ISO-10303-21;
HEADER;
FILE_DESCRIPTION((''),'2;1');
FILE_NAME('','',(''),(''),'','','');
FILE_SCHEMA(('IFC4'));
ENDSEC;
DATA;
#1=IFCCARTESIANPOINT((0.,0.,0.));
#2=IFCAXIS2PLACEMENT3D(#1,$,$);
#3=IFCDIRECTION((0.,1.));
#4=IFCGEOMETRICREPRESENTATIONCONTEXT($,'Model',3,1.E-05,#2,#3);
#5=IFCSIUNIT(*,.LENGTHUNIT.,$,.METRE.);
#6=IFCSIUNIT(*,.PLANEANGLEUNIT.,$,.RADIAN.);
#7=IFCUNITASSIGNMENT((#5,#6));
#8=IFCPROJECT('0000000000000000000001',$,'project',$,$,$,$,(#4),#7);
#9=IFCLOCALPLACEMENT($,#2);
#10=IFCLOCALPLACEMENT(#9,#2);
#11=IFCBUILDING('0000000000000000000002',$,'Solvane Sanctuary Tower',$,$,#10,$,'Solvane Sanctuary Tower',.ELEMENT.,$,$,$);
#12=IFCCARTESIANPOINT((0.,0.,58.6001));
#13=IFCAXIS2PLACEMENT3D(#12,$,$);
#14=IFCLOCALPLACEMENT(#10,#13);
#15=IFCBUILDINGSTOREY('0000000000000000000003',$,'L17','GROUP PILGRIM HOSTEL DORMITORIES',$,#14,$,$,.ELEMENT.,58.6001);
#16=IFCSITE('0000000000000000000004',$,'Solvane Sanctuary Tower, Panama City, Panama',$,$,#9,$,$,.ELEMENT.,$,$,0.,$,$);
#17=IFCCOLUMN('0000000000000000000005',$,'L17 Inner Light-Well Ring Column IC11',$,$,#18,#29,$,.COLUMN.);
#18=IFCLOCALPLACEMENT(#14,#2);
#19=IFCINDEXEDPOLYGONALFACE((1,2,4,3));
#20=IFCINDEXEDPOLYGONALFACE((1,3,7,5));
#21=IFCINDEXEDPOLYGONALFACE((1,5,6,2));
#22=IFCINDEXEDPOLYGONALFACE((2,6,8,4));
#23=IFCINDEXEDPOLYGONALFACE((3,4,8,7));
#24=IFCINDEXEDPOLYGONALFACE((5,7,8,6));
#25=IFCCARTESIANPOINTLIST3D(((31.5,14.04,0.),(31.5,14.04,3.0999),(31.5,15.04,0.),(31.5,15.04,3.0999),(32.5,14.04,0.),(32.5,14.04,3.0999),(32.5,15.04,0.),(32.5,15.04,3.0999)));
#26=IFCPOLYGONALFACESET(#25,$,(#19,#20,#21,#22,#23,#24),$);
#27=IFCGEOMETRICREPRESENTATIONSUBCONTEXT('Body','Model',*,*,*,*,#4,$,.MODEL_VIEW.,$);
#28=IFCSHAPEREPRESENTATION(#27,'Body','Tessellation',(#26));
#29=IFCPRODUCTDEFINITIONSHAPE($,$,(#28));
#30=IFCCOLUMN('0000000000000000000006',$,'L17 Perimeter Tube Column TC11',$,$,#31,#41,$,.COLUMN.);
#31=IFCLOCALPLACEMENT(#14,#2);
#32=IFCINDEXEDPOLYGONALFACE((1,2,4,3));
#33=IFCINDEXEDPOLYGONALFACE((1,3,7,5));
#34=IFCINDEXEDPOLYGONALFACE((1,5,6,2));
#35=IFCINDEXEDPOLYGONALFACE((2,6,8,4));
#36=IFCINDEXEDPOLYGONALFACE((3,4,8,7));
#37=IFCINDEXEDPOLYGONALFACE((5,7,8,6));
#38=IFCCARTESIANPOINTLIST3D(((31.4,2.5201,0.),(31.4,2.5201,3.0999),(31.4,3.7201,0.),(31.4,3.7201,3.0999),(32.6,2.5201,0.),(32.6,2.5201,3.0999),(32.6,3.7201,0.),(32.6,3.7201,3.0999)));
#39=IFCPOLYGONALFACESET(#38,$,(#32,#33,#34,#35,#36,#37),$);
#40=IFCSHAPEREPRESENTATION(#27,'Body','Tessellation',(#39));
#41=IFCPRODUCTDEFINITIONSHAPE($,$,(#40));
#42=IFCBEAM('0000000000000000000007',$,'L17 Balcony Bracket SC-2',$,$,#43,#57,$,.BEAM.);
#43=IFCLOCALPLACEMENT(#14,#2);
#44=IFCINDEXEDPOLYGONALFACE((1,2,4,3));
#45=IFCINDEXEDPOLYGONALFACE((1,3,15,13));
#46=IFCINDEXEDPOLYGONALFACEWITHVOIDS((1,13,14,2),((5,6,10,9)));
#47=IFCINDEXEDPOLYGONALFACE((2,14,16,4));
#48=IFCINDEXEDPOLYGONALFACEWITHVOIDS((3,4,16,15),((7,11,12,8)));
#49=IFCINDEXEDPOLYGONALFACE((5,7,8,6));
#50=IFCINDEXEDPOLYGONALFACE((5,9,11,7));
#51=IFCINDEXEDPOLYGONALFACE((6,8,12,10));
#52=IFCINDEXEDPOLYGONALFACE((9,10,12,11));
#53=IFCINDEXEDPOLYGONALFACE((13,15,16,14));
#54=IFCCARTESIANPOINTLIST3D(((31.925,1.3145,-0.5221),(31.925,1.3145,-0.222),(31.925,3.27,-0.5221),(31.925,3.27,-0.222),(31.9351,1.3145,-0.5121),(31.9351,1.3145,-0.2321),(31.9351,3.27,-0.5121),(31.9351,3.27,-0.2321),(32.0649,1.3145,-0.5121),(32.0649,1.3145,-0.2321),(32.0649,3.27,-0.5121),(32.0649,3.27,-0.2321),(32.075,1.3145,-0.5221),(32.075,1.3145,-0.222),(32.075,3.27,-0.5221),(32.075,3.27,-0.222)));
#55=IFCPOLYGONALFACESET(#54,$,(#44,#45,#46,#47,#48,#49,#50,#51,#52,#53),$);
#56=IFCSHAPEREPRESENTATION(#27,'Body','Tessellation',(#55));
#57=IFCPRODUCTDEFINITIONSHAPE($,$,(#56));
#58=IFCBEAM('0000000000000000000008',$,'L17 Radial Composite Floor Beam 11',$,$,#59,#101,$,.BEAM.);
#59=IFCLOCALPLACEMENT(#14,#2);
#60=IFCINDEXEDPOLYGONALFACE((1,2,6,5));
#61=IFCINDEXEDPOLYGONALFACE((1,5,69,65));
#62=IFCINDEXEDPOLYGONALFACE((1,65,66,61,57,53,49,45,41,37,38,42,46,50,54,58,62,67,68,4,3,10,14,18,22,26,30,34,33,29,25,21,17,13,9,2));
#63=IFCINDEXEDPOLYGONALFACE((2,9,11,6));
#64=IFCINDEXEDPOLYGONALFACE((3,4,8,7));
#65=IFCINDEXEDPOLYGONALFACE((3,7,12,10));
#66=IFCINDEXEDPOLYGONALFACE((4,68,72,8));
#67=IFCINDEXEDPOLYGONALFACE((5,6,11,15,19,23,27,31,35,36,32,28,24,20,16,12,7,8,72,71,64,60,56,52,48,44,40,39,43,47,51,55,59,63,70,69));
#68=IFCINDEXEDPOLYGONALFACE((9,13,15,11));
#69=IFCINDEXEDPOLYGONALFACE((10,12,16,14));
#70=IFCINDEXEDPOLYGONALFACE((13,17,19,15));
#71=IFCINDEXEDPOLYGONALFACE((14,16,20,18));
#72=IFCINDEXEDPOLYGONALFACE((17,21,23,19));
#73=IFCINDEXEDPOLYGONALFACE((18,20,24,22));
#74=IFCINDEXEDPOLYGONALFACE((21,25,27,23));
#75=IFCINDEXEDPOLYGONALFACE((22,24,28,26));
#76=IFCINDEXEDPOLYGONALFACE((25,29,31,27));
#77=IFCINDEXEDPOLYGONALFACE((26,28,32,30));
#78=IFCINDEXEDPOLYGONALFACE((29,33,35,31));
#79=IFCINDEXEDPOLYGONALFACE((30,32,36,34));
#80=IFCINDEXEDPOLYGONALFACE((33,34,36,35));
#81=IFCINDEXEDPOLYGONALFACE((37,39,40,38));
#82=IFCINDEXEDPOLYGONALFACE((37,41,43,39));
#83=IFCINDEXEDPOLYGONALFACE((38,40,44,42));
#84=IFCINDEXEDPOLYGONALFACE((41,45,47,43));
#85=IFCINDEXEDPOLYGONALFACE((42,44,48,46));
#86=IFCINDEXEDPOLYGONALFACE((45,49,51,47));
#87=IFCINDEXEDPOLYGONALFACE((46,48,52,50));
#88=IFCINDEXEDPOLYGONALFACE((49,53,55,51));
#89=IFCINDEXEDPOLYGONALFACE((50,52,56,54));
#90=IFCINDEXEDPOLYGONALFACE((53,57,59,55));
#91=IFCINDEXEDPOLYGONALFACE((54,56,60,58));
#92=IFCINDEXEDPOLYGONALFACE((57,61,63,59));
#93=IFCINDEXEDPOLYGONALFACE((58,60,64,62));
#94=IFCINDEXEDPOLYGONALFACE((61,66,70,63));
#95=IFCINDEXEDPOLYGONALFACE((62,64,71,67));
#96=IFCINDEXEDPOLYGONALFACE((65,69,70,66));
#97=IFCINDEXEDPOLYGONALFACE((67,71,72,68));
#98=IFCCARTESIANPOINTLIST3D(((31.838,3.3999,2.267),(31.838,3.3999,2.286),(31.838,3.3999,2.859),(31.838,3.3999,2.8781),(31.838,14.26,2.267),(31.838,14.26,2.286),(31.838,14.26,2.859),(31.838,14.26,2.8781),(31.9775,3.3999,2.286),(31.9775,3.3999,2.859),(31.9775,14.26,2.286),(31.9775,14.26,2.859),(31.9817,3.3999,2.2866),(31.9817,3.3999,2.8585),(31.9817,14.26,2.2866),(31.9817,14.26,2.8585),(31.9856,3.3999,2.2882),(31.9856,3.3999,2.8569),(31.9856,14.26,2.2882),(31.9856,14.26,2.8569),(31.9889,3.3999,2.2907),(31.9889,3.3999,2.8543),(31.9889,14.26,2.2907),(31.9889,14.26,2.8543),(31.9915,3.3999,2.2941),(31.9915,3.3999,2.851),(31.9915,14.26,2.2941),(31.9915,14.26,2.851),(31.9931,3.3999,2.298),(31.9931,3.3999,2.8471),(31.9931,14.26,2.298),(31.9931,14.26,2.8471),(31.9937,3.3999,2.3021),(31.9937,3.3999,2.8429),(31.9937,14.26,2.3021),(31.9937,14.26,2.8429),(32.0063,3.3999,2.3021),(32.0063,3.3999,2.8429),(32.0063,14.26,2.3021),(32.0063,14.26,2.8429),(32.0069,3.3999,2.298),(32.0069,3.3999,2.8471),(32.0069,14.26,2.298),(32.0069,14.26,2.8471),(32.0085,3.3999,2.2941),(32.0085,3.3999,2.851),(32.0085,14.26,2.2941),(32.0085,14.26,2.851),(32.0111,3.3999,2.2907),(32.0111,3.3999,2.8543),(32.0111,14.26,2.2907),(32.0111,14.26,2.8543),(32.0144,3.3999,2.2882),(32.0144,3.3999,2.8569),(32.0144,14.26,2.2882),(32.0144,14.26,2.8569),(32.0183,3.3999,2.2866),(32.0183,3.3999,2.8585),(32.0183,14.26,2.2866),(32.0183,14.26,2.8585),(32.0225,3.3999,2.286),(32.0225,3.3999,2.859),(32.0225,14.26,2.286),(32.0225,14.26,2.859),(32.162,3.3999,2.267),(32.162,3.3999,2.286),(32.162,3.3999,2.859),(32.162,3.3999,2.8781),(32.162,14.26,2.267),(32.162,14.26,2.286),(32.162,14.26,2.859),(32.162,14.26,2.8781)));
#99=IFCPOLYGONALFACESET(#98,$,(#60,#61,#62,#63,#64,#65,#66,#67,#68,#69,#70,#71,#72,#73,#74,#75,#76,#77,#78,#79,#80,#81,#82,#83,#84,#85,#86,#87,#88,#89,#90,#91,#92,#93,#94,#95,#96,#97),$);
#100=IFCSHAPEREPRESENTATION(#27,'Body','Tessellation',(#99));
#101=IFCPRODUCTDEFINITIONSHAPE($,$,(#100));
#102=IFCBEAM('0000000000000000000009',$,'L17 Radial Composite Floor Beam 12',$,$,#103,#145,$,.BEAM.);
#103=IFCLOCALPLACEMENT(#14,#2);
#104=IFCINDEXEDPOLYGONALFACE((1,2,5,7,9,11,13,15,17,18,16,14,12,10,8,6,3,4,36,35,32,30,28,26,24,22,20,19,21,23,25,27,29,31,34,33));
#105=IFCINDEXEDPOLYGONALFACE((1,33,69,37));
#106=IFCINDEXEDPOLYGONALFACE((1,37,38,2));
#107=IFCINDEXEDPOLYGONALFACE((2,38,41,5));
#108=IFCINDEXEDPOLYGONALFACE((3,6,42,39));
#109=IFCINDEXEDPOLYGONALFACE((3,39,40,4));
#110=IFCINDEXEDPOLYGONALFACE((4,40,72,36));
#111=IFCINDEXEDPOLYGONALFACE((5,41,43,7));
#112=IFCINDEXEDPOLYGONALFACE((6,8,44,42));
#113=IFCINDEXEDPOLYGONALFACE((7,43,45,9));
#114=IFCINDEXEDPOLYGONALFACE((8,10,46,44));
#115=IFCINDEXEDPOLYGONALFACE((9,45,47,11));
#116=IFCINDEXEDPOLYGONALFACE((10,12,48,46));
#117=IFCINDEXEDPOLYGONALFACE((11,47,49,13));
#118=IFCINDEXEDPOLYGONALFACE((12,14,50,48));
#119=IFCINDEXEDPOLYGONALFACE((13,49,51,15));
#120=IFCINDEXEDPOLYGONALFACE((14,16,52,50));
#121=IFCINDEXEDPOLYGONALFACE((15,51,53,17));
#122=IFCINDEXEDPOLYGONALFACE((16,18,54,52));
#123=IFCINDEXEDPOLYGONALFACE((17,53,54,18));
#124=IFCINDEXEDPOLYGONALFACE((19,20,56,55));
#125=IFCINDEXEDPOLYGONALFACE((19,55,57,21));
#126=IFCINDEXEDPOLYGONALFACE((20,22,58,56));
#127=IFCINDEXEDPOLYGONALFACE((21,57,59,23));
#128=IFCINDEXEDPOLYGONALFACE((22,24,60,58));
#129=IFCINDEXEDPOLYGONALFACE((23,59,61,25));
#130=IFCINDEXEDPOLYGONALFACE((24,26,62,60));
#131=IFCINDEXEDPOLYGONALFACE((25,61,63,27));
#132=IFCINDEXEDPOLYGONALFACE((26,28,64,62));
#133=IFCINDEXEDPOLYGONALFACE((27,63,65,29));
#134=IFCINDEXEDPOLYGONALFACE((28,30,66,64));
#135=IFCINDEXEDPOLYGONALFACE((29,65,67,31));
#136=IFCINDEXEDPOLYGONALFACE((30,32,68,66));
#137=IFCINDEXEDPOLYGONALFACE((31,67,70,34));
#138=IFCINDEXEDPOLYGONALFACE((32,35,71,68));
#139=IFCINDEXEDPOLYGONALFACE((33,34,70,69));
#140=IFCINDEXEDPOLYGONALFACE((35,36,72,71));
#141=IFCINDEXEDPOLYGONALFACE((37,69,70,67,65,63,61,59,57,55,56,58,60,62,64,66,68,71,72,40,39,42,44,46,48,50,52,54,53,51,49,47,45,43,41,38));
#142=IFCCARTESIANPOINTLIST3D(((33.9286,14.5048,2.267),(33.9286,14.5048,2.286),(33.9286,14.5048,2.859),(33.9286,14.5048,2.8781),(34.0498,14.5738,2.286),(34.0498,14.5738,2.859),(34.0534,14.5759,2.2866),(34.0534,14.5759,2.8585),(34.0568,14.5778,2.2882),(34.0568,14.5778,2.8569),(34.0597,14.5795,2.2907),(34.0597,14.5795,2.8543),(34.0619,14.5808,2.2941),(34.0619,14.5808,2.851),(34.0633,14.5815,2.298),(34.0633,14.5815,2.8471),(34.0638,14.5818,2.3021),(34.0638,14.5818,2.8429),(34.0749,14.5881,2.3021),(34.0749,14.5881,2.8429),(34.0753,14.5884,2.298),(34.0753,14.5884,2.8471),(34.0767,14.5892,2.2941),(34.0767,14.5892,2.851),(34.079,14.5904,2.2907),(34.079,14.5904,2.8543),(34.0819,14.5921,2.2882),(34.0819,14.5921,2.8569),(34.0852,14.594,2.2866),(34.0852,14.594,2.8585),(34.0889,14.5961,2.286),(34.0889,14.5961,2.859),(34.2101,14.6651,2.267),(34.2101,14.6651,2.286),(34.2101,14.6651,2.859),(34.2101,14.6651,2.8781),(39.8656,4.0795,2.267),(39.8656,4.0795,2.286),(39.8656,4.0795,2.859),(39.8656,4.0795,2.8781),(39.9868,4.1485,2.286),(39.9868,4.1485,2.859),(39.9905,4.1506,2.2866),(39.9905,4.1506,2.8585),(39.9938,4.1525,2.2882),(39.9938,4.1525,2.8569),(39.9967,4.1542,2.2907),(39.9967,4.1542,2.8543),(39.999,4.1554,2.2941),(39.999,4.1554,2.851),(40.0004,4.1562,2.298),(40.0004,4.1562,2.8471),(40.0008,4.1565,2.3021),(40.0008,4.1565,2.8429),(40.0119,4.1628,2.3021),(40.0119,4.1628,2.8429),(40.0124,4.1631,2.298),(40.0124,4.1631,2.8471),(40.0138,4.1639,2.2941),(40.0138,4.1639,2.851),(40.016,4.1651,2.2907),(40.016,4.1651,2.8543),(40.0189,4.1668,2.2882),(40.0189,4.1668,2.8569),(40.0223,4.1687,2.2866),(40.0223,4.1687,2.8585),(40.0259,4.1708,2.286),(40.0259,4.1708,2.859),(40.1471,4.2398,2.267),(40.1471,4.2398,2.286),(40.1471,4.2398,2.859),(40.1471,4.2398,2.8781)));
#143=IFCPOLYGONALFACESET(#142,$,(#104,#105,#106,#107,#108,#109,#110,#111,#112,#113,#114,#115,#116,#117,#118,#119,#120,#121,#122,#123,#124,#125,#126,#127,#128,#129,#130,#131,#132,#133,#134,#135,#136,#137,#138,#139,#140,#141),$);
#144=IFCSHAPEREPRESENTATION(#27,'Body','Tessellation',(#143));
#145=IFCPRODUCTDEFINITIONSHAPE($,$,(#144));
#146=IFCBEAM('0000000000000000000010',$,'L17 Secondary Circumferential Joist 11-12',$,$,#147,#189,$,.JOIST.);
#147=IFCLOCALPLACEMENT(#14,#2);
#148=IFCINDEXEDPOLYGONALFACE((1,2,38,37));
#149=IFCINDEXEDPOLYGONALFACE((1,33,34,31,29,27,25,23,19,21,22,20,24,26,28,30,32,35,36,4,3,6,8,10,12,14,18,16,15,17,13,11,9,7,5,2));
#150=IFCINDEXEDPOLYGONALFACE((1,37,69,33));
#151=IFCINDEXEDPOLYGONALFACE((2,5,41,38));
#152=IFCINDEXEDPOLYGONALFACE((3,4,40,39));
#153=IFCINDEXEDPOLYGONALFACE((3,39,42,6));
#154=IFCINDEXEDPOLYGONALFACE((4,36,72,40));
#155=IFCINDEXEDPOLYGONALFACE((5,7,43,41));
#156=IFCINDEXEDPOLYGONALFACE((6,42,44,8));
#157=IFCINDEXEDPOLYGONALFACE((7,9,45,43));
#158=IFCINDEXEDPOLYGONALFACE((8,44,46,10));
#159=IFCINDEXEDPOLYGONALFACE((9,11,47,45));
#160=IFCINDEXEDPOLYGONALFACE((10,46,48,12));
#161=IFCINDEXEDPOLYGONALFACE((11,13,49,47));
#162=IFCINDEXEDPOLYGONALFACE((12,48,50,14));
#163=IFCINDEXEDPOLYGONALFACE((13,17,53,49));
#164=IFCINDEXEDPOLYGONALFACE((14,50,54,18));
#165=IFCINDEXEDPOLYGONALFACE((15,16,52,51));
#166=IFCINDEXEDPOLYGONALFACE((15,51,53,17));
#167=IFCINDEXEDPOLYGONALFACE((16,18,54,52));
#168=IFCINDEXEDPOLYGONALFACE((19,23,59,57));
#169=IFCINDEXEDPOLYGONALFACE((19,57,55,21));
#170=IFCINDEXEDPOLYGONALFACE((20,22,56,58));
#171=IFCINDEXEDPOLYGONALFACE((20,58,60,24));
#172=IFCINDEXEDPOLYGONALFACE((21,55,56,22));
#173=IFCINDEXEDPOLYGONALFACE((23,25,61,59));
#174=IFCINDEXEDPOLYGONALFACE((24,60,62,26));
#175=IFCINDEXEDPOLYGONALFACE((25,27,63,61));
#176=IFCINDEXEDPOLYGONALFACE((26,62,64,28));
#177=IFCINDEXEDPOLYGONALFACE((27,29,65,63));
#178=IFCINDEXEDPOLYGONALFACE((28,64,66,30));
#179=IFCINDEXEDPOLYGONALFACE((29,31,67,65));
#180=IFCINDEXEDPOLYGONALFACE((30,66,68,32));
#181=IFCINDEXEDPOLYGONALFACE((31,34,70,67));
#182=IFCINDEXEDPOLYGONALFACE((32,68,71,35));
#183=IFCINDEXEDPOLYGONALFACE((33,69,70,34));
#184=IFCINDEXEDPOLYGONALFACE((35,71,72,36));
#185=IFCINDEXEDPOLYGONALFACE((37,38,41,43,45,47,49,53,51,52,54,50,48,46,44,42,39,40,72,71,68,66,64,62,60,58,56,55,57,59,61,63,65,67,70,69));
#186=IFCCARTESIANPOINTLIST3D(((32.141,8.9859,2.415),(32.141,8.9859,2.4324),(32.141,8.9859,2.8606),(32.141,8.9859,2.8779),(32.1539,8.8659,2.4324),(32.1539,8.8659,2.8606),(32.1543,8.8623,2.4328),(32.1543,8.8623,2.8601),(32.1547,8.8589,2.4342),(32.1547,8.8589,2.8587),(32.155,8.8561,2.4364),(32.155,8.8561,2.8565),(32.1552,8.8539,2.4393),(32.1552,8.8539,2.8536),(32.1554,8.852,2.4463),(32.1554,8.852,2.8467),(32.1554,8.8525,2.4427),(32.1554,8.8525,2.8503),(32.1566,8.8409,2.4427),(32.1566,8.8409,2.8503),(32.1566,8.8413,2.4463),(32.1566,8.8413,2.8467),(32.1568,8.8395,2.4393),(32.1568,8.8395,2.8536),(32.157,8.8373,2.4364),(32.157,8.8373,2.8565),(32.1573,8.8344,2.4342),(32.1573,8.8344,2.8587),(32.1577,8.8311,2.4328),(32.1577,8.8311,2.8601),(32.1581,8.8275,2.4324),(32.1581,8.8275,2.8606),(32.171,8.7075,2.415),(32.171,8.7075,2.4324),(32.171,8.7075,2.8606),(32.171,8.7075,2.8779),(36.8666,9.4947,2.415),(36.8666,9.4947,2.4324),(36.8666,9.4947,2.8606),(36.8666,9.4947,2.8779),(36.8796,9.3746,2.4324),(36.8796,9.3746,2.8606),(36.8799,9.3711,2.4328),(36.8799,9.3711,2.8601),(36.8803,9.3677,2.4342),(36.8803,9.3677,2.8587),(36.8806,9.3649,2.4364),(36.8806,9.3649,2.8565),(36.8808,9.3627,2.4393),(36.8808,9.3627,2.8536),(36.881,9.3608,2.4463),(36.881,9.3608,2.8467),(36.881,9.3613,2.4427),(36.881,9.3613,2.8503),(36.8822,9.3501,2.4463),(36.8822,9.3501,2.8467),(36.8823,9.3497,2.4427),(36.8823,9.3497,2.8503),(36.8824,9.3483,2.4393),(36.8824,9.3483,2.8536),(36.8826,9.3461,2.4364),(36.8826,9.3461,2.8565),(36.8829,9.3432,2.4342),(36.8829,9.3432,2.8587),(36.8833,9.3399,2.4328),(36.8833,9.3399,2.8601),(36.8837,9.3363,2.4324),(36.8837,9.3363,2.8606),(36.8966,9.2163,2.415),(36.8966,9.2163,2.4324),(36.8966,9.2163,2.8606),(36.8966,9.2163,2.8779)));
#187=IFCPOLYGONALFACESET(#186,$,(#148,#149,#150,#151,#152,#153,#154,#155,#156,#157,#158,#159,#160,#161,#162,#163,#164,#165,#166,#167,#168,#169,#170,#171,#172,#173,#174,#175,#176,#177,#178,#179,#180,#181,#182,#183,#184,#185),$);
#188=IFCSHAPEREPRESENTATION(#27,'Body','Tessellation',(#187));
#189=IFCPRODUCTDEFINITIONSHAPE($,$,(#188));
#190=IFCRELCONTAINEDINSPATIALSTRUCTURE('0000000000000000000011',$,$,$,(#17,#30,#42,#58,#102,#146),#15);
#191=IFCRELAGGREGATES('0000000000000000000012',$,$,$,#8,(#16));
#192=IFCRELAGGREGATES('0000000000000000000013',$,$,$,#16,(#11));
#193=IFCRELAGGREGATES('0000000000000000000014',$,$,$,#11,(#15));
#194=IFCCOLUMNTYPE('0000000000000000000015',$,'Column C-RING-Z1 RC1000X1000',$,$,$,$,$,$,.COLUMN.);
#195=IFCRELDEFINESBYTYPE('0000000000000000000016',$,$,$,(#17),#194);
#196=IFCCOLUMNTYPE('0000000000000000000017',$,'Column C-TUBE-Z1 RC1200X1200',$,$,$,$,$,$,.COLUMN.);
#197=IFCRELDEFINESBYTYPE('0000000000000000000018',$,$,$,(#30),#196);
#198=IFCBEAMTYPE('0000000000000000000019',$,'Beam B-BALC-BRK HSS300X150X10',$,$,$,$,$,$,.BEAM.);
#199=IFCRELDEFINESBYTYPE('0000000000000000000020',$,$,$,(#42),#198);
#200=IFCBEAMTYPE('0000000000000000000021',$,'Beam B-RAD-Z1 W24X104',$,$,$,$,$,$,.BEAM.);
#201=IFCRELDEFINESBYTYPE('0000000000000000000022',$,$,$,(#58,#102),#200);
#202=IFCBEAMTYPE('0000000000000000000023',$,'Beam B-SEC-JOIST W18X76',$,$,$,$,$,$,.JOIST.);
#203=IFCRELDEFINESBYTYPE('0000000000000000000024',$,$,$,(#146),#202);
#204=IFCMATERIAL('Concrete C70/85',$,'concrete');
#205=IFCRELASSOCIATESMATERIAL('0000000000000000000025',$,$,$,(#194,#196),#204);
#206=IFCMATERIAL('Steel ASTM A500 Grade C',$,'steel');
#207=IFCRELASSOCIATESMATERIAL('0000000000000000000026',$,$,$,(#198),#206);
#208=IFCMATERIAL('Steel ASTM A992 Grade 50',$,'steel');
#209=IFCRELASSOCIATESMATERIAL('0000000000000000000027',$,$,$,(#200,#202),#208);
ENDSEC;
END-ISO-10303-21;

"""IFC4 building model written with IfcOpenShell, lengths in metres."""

from ifc_helpers import new_model, si_unit, direction, frame, origin, origin_2d, place, context, subcontext, project, spatial, rectangle, hollow_rectangle, i_section, extrude, material, material_profile, profile_set, type_object, element, save


model = new_model("IFC4")

# Units and contexts
model_context = context("Model", 3, precision=1e-05, world=origin(), true_north=direction((0.0, 1.0)))
body_context = subcontext(model_context, "Body", "Model", "MODEL_VIEW")
ifc_project = project(units=[si_unit("LENGTHUNIT", "METRE"), si_unit("PLANEANGLEUNIT", "RADIAN")], contexts=[model_context])

# Site, building, storey
site_placement = place(None, origin())
site = spatial("IfcSite", under=ifc_project, at=site_placement, Name="Solvane Sanctuary Tower, Panama City, Panama", CompositionType="ELEMENT", RefElevation=0.0)
building_placement = place(site_placement, origin())
building = spatial("IfcBuilding", under=site, at=building_placement, Name="Solvane Sanctuary Tower", LongName="Solvane Sanctuary Tower", CompositionType="ELEMENT")
storey_placement = place(building_placement, frame((0.0, 0.0, 58.6001)))
storey = spatial("IfcBuildingStorey", under=building, at=storey_placement, Name="L17", Description="GROUP PILGRIM HOSTEL DORMITORIES", CompositionType="ELEMENT", Elevation=58.6001)

# Columns
ifc_material_1 = material(Name="Concrete C70/85", Category="concrete")
ifc_material_profile_1 = material_profile(ifc_material_1, rectangle(XDim=1.0, YDim=1.0, at=origin_2d()), Name="RC1000X1000")
ifc_profile_set_1 = profile_set([ifc_material_profile_1], Name="Concrete C70/85")
column_type_1 = type_object("IfcColumnType", Name="Column C-RING-Z1 RC1000X1000", PredefinedType="COLUMN", material=ifc_profile_set_1)
column_1_placement = place(storey_placement, frame((32.0, 14.54, 0.0), z_axis=(0.0, 0.0, 1.0), x_axis=(1.0, 0.0, 0.0)))
element("IfcColumn", 1, at=column_1_placement, inside=storey, type_object=column_type_1, Name="L17 Inner Light-Well Ring Column IC11", PredefinedType="COLUMN", context=body_context, shape_type="SweptSolid", body=[
    extrude(rectangle(XDim=1.0, YDim=1.0, at=origin_2d()), origin(), (0.0, 0.0, 1.0), 3.0999),
])
ifc_material_profile_2 = material_profile(ifc_material_1, rectangle(XDim=1.2, YDim=1.2, at=origin_2d()), Name="RC1200X1200")
ifc_profile_set_2 = profile_set([ifc_material_profile_2], Name="Concrete C70/85")
column_type_2 = type_object("IfcColumnType", Name="Column C-TUBE-Z1 RC1200X1200", PredefinedType="COLUMN", material=ifc_profile_set_2)
column_2_placement = place(storey_placement, frame((32.0, 3.1201, 0.0), z_axis=(0.0, 0.0, 1.0), x_axis=(0.0, -1.0, 0.0)))
element("IfcColumn", 2, at=column_2_placement, inside=storey, type_object=column_type_2, Name="L17 Perimeter Tube Column TC11", PredefinedType="COLUMN", context=body_context, shape_type="SweptSolid", body=[
    extrude(rectangle(XDim=1.2, YDim=1.2, at=origin_2d()), origin(), (0.0, 0.0, 1.0), 3.0999),
])

# Beams
ifc_material_2 = material(Name="Steel ASTM A500 Grade C", Category="steel")
ifc_material_profile_3 = material_profile(ifc_material_2, hollow_rectangle(XDim=0.1499, YDim=0.3, WallThickness=0.01, at=origin_2d()), Name="HSS300X150X10")
ifc_profile_set_3 = profile_set([ifc_material_profile_3], Name="Steel ASTM A500 Grade C")
beam_type_1 = type_object("IfcBeamType", Name="Beam B-BALC-BRK HSS300X150X10", PredefinedType="BEAM", material=ifc_profile_set_3)
beam_1_placement = place(storey_placement, frame((32.0, 3.27, -0.3721), z_axis=(0.0, -1.0, 0.0), x_axis=(1.0, 0.0, 0.0)))
element("IfcBeam", 3, at=beam_1_placement, inside=storey, type_object=beam_type_1, Name="L17 Balcony Bracket SC-2", PredefinedType="BEAM", context=body_context, shape_type="SweptSolid", body=[
    extrude(hollow_rectangle(XDim=0.1499, YDim=0.3, WallThickness=0.01, at=origin_2d()), origin(), (0.0, 0.0, 1.0), 1.9556),
])
ifc_material_3 = material(Name="Steel ASTM A992 Grade 50", Category="steel")
ifc_material_profile_4 = material_profile(ifc_material_3, i_section(OverallWidth=0.324, OverallDepth=0.6111, WebThickness=0.0127, FlangeThickness=0.019, FilletRadius=0.0161, at=origin_2d()), Name="W24X104")
ifc_profile_set_4 = profile_set([ifc_material_profile_4], Name="Steel ASTM A992 Grade 50")
beam_type_2 = type_object("IfcBeamType", Name="Beam B-RAD-Z1 W24X104", PredefinedType="BEAM", material=ifc_profile_set_4)
beam_2_placement = place(storey_placement, frame((32.0, 14.26, 2.5725), z_axis=(0.0, -1.0, 0.0), x_axis=(1.0, 0.0, 0.0)))
element("IfcBeam", 4, at=beam_2_placement, inside=storey, type_object=beam_type_2, Name="L17 Radial Composite Floor Beam 11", PredefinedType="BEAM", context=body_context, shape_type="SweptSolid", body=[
    extrude(i_section(OverallWidth=0.324, OverallDepth=0.6111, WebThickness=0.0127, FlangeThickness=0.019, FilletRadius=0.0161, at=origin_2d()), origin(), (0.0, 0.0, 1.0), 10.8601),
])
beam_3_placement = place(storey_placement, frame((34.0693, 14.585, 2.5725), z_axis=(0.494863, -0.868971, 0.0), x_axis=(0.868971, 0.494863, 0.0)))
element("IfcBeam", 5, at=beam_3_placement, inside=storey, type_object=beam_type_2, Name="L17 Radial Composite Floor Beam 12", PredefinedType="BEAM", context=body_context, shape_type="SweptSolid", body=[
    extrude(i_section(OverallWidth=0.324, OverallDepth=0.6111, WebThickness=0.0127, FlangeThickness=0.019, FilletRadius=0.0161, at=origin_2d()), origin(), (0.0, 0.0, 1.0), 11.9973),
])
ifc_material_profile_5 = material_profile(ifc_material_3, i_section(OverallWidth=0.28, OverallDepth=0.4629, WebThickness=0.0107, FlangeThickness=0.0173, FilletRadius=0.0139, at=origin_2d()), Name="W18X76")
ifc_profile_set_5 = profile_set([ifc_material_profile_5], Name="Steel ASTM A992 Grade 50")
beam_type_3 = type_object("IfcBeamType", Name="Beam B-SEC-JOIST W18X76", PredefinedType="JOIST", material=ifc_profile_set_5)
beam_4_placement = place(storey_placement, frame((32.156, 8.8467, 2.6465), z_axis=(0.994254, 0.107048, 0.0), x_axis=(-0.107048, 0.994254, 0.0)))
element("IfcBeam", 6, at=beam_4_placement, inside=storey, type_object=beam_type_3, Name="L17 Secondary Circumferential Joist 11-12", PredefinedType="JOIST", context=body_context, shape_type="SweptSolid", body=[
    extrude(i_section(OverallWidth=0.28, OverallDepth=0.4629, WebThickness=0.0107, FlangeThickness=0.0173, FilletRadius=0.0139, at=origin_2d()), origin(), (0.0, 0.0, 1.0), 4.7529),
])

save(model, "model.ifc")
